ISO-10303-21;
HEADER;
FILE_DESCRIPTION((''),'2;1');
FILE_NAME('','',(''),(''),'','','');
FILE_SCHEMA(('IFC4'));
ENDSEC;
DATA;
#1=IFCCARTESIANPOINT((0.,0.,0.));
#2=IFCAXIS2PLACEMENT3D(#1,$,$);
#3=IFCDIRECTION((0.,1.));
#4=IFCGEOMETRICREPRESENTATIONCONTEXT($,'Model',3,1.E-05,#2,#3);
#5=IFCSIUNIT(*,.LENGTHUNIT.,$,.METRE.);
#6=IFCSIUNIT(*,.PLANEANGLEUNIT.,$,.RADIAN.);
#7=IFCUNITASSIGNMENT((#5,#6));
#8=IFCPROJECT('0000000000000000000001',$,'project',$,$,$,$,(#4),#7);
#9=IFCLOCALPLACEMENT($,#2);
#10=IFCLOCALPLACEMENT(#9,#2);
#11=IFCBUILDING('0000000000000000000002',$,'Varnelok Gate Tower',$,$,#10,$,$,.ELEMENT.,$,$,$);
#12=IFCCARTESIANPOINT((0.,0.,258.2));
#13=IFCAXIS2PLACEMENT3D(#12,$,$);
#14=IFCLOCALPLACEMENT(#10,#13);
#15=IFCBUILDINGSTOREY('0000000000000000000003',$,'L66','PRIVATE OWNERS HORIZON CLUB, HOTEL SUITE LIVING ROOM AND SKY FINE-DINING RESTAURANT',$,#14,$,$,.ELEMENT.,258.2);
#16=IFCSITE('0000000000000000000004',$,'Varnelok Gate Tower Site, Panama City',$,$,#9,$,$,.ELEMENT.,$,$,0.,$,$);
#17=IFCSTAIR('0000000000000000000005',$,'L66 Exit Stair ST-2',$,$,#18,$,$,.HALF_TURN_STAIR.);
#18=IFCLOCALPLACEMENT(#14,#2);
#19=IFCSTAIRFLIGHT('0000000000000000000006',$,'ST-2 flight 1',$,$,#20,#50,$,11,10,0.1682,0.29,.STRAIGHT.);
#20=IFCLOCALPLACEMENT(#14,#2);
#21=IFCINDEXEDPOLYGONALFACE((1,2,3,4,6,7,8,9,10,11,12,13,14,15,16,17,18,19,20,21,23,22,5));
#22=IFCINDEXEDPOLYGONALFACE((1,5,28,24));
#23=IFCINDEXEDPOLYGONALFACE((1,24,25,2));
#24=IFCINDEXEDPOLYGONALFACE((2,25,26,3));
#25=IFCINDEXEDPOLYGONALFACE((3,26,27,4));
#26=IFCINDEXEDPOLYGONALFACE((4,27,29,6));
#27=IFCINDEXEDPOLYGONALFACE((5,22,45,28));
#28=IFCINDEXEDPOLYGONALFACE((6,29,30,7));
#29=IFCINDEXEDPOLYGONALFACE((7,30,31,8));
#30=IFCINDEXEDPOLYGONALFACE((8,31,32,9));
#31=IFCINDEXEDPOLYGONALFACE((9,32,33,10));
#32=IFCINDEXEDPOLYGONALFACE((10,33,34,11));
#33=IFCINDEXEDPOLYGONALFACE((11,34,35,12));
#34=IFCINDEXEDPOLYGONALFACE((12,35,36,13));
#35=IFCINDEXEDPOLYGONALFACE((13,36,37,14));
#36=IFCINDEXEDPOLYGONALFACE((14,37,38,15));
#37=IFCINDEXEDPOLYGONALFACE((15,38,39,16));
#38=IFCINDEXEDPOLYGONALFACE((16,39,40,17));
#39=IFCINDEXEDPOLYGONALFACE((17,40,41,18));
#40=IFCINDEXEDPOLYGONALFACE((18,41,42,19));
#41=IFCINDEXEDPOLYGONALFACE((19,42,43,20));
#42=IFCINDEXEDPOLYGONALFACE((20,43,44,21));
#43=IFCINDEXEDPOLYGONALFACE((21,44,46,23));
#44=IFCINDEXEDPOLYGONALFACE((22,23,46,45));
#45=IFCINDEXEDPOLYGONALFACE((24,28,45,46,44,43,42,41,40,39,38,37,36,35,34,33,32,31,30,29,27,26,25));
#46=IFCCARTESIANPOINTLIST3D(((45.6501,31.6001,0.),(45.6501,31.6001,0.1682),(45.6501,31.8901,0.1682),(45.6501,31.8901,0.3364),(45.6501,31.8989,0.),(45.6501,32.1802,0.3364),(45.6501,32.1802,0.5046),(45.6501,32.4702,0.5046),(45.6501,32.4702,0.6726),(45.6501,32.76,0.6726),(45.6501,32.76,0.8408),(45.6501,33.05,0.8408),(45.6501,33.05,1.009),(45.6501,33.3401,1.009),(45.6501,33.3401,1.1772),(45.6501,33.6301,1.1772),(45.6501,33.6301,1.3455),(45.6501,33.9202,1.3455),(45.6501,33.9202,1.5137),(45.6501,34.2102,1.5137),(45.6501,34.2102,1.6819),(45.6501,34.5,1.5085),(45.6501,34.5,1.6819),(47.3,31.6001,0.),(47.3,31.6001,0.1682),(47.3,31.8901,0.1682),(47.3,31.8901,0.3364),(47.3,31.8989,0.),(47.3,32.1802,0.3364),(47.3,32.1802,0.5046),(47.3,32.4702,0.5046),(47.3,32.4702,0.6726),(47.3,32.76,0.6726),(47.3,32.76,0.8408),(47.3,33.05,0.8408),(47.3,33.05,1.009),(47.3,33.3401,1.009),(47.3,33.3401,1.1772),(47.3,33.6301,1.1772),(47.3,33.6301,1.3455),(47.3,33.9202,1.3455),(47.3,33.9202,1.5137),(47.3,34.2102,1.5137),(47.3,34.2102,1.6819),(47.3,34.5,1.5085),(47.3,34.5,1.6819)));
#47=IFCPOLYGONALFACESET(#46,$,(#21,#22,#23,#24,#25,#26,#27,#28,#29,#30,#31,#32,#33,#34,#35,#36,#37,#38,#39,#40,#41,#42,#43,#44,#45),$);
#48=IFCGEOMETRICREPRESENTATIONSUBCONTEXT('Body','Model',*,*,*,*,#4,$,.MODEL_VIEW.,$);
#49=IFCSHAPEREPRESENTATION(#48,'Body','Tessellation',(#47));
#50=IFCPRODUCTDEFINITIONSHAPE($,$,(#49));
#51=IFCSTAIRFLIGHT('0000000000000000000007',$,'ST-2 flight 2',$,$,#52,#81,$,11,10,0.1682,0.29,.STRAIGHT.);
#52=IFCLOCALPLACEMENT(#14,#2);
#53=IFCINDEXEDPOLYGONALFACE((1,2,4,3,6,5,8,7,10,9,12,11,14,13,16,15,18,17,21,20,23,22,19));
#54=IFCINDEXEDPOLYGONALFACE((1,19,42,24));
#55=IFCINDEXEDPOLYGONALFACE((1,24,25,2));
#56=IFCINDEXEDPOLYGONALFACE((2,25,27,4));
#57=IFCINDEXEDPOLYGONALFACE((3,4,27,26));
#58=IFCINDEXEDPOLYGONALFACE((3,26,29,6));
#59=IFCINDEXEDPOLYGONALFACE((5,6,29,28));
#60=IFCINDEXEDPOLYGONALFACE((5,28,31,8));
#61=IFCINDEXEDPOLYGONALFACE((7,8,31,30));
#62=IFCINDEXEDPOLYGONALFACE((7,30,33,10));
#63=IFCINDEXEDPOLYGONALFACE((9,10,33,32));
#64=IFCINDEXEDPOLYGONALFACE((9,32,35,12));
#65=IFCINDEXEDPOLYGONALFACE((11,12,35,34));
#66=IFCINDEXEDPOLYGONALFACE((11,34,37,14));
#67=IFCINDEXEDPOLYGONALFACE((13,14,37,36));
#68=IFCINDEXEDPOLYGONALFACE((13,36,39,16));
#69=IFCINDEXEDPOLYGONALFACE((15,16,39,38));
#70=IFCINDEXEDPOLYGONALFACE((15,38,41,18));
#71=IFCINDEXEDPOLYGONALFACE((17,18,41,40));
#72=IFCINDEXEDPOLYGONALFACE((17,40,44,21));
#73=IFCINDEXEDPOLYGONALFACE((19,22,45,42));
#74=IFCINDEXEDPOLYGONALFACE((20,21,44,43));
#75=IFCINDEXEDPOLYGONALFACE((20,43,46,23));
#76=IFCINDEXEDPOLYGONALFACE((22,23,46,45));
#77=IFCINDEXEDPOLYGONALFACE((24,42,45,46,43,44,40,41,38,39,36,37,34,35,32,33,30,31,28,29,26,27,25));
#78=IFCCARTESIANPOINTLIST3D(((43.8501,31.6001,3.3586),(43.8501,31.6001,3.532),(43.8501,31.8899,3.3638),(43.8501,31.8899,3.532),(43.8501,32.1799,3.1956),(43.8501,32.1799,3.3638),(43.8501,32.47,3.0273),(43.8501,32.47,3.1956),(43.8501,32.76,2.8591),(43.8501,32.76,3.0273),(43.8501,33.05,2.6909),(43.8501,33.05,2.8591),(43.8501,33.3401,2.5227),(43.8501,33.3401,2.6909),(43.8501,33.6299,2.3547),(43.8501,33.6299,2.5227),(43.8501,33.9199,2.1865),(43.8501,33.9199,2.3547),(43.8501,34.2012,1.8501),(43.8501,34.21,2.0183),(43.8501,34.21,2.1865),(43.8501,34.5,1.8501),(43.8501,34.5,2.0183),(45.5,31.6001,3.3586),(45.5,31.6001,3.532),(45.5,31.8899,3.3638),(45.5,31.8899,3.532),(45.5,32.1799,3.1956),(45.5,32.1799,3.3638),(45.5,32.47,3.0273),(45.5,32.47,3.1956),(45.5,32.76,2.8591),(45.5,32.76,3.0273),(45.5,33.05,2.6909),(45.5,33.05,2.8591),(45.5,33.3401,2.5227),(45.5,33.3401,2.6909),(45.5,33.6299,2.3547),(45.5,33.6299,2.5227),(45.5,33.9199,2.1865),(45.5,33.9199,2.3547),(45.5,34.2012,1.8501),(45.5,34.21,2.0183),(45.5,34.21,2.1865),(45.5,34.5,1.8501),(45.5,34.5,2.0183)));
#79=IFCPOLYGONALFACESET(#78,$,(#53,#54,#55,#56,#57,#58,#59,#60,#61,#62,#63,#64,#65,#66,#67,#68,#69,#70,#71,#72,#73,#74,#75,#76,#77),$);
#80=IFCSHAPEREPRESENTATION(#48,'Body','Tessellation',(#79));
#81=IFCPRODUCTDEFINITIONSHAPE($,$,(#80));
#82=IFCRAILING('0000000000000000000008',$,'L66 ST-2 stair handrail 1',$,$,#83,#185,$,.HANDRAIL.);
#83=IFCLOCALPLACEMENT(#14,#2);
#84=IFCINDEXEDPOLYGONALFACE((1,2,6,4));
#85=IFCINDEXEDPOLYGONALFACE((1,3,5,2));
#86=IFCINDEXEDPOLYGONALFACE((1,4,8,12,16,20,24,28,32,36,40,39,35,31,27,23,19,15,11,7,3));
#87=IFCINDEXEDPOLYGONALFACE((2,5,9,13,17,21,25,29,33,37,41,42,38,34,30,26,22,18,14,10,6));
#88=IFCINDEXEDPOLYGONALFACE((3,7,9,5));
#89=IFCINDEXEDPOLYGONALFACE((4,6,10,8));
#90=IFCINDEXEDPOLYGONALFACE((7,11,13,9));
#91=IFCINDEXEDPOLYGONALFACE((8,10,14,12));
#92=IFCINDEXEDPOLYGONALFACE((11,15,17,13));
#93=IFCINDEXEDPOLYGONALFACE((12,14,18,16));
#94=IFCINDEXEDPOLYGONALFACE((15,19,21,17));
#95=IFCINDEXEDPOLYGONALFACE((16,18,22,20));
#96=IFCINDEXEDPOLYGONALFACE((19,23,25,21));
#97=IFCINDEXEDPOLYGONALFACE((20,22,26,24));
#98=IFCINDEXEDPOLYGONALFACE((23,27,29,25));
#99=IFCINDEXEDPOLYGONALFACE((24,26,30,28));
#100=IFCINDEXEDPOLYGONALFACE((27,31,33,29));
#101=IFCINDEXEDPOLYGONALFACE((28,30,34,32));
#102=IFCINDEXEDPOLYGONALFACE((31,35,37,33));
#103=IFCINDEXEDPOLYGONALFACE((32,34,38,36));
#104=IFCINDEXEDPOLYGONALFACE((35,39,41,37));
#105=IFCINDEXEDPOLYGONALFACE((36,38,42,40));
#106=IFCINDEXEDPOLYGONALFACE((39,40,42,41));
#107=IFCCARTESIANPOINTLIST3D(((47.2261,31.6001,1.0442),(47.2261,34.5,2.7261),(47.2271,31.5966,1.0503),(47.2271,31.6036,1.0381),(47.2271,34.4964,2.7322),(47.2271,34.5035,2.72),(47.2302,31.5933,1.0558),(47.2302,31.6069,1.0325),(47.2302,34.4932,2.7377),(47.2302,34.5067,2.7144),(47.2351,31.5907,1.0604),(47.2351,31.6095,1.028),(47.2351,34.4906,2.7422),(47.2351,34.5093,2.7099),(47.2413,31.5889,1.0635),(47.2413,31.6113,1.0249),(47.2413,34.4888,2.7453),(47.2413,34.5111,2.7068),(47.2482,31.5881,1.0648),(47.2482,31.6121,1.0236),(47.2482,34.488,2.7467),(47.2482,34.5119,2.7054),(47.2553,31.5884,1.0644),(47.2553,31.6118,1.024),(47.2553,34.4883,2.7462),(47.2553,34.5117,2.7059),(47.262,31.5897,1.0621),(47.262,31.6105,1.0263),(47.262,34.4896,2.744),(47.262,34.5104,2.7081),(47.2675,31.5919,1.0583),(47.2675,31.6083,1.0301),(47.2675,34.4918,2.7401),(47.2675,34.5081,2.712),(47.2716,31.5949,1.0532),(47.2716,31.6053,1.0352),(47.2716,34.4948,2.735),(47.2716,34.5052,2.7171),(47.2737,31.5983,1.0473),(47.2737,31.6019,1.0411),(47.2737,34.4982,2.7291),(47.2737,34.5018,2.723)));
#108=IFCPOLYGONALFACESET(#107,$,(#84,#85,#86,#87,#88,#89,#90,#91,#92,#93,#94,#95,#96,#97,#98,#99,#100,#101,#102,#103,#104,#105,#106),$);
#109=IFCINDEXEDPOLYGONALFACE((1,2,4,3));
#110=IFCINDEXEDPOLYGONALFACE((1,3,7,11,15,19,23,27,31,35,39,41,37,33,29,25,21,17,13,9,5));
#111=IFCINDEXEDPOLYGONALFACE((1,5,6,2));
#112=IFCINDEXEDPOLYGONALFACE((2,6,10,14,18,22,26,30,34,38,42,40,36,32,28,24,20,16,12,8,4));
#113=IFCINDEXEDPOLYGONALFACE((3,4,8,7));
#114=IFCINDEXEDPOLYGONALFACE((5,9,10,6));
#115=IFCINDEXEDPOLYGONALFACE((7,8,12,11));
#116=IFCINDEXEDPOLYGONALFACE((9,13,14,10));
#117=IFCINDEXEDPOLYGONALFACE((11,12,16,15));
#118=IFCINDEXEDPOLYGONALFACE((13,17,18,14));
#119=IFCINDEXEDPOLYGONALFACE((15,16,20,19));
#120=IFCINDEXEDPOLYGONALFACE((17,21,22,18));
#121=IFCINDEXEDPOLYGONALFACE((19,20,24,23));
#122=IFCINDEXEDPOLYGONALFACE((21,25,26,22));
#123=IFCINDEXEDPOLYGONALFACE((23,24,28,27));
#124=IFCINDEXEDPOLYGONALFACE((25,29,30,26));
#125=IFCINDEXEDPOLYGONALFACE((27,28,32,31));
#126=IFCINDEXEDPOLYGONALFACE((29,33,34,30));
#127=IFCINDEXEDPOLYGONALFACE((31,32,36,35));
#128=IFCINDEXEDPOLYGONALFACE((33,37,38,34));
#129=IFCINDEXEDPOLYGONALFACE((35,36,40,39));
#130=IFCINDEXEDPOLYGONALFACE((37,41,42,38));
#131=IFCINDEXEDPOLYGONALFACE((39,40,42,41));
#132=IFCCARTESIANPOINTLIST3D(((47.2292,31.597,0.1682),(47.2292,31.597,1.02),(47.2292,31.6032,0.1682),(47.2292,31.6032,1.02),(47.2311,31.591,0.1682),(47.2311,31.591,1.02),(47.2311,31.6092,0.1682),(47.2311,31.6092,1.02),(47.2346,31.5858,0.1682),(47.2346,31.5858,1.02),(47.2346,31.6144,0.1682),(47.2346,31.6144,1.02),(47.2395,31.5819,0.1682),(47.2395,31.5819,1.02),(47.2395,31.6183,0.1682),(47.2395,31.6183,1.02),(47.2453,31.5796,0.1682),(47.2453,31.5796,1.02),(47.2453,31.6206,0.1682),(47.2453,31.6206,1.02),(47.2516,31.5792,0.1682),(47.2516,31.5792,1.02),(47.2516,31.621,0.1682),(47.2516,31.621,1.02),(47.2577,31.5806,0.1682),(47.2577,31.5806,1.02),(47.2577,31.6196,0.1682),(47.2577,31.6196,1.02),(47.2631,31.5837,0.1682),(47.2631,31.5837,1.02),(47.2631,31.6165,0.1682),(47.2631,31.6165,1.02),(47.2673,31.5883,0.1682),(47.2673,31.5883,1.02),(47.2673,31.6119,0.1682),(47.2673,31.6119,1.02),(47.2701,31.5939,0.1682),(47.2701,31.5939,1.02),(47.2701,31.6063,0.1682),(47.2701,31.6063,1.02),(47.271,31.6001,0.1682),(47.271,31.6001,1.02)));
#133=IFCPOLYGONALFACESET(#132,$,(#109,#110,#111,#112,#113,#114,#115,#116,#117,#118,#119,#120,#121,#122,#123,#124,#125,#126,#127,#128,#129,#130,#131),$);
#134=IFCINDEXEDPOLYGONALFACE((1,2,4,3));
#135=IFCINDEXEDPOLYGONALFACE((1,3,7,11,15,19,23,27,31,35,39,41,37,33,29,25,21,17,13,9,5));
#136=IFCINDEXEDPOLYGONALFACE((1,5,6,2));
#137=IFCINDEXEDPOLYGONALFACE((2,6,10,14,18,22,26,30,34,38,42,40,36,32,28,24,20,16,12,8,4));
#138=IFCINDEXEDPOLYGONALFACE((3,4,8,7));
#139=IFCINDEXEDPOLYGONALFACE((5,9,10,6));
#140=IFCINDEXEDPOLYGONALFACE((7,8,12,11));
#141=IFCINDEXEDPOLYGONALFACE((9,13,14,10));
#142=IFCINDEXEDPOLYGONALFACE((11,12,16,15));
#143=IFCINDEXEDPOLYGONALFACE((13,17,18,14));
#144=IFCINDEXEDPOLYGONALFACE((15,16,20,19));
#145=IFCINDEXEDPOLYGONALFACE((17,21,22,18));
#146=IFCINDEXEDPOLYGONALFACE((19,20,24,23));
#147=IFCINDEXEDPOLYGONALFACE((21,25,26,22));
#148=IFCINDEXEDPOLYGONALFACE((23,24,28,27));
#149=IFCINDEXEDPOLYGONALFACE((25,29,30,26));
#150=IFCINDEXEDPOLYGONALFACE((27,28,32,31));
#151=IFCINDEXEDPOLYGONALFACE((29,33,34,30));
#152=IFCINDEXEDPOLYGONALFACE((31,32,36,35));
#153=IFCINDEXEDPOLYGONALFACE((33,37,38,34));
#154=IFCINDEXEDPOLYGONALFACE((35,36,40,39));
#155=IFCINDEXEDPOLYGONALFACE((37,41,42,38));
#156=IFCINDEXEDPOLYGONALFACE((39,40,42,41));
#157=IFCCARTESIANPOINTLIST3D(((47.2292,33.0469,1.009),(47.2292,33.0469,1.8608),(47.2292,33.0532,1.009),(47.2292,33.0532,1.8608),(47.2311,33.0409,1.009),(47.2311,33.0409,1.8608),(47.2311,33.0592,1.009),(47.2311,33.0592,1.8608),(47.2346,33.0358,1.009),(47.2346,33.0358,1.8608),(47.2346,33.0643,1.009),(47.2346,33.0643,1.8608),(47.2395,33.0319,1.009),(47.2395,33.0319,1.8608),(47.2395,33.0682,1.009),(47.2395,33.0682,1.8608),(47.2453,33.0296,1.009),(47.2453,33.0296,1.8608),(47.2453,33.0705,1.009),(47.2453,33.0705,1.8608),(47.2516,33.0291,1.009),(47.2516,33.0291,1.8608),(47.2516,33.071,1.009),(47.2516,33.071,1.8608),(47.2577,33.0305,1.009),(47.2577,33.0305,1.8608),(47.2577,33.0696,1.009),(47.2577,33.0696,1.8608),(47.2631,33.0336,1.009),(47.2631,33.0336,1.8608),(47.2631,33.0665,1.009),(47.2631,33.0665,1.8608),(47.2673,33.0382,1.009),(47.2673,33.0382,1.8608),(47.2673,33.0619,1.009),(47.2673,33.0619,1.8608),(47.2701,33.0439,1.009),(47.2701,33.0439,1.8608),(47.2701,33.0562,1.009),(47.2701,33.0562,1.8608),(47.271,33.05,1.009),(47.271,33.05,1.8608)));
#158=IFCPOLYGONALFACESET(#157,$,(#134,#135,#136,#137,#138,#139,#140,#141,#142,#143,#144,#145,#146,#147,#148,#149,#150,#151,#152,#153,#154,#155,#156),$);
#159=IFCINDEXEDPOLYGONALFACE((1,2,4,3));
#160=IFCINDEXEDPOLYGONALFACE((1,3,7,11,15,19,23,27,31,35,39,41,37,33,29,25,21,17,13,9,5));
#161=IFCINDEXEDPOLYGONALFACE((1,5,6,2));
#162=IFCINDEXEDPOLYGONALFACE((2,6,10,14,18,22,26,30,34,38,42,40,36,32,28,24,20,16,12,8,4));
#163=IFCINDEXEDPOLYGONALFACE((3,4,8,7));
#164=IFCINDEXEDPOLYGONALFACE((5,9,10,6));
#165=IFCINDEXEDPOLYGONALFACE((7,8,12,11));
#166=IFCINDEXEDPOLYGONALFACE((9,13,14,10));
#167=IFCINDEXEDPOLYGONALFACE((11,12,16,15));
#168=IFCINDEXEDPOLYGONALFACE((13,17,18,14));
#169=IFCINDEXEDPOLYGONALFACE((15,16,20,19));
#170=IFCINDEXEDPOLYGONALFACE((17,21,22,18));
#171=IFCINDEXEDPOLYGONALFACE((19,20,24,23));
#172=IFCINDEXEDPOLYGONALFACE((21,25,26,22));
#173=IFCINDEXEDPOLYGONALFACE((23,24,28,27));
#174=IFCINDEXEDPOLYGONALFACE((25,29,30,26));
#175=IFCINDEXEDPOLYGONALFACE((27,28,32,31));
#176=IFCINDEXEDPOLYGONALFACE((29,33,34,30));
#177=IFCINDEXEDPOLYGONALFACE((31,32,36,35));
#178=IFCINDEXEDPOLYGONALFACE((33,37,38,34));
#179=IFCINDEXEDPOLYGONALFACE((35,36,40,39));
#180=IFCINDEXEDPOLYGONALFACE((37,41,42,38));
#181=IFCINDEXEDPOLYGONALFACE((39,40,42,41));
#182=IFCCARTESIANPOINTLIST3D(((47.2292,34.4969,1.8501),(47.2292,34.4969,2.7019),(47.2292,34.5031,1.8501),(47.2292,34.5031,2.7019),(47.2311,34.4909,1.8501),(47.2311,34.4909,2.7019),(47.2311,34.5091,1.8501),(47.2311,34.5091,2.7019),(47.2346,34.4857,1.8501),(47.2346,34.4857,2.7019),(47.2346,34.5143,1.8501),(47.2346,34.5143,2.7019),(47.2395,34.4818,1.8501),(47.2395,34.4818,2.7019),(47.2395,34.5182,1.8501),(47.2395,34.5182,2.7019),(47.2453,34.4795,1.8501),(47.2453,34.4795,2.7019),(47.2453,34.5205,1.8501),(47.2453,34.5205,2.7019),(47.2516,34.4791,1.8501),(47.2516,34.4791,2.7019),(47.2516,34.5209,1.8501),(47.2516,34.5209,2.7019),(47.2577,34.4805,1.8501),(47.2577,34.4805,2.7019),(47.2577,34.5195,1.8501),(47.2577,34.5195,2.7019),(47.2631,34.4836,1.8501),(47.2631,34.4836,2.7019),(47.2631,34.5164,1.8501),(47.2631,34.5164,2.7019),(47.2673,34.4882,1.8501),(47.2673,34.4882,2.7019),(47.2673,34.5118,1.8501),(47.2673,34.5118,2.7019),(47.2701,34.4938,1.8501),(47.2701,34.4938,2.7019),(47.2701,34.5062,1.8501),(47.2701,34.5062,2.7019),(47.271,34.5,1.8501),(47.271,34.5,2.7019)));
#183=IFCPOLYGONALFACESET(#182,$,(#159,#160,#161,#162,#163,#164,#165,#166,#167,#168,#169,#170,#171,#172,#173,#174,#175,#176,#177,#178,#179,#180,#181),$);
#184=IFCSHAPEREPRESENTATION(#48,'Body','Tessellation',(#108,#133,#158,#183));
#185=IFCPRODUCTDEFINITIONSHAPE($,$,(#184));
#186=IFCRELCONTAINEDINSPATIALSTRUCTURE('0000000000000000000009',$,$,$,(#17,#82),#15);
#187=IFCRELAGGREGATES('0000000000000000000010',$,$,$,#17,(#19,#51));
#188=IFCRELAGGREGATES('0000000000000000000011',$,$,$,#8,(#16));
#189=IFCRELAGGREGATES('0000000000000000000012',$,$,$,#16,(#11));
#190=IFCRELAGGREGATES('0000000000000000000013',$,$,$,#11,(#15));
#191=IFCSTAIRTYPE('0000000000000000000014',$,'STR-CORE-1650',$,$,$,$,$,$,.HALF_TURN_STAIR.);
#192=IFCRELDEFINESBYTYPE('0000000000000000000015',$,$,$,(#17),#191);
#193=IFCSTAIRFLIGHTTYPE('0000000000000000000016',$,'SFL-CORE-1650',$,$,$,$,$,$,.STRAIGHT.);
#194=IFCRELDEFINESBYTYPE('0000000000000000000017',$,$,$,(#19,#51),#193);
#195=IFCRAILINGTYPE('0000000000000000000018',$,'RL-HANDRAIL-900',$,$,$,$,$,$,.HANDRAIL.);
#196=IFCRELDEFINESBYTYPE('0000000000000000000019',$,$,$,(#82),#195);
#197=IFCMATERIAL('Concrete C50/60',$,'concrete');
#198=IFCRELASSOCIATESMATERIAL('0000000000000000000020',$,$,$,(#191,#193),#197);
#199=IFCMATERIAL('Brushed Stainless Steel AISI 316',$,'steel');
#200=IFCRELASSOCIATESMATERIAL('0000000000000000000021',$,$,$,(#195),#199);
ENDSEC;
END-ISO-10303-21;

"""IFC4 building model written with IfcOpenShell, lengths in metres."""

from ifc_helpers import new_model, si_unit, direction, frame, origin, origin_2d, place, context, subcontext, project, spatial, polyline, circle, outline, extrude, material, type_object, element, aggregate, save


model = new_model("IFC4")

# Units and contexts
model_context = context("Model", 3, precision=1e-05, world=origin(), true_north=direction((0.0, 1.0)))
body_context = subcontext(model_context, "Body", "Model", "MODEL_VIEW")
ifc_project = project(units=[si_unit("LENGTHUNIT", "METRE"), si_unit("PLANEANGLEUNIT", "RADIAN")], contexts=[model_context])

# Site, building, storey
site_placement = place(None, origin())
site = spatial("IfcSite", under=ifc_project, at=site_placement, Name="Varnelok Gate Tower Site, Panama City", CompositionType="ELEMENT", RefElevation=0.0)
building_placement = place(site_placement, origin())
building = spatial("IfcBuilding", under=site, at=building_placement, Name="Varnelok Gate Tower", CompositionType="ELEMENT")
storey_placement = place(building_placement, frame((0.0, 0.0, 258.2)))
storey = spatial("IfcBuildingStorey", under=building, at=storey_placement, Name="L66", Description="PRIVATE OWNERS HORIZON CLUB, HOTEL SUITE LIVING ROOM AND SKY FINE-DINING RESTAURANT", CompositionType="ELEMENT", Elevation=258.2)

# Stair, stair flights
ifc_material_1 = material(Name="Concrete C50/60", Category="concrete")
stair_type = type_object("IfcStairType", Name="STR-CORE-1650", PredefinedType="HALF_TURN_STAIR", material=ifc_material_1)
stair_placement = place(storey_placement, origin())
stair = element("IfcStair", 1, at=stair_placement, inside=storey, type_object=stair_type, Name="L66 Exit Stair ST-2", PredefinedType="HALF_TURN_STAIR")
stair_flight_type = type_object("IfcStairFlightType", Name="SFL-CORE-1650", PredefinedType="STRAIGHT", material=ifc_material_1)
stair_flight_1_placement = place(storey_placement, frame((46.4751, 31.6001, 0.0), z_axis=(0.0, 0.0, 1.0), x_axis=(0.0, 1.0, 0.0)))
stair_flight_1 = element("IfcStairFlight", 2, at=stair_flight_1_placement, type_object=stair_flight_type, Name="ST-2 flight 1", NumberOfRisers=11, NumberOfTreads=10, PredefinedType="STRAIGHT", RiserHeight=0.1682, TreadLength=0.29, context=body_context, shape_type="SweptSolid", body=[
    extrude(outline(polyline([(0.0, 0.0), (0.0, 0.1682), (0.29, 0.1682), (0.29, 0.3364), (0.5801, 0.3364), (0.5801, 0.5046), (0.8701, 0.5046), (0.8701, 0.6726), (1.1599, 0.6726), (1.1599, 0.8408), (1.45, 0.8408), (1.45, 1.009), (1.74, 1.009), (1.74, 1.1772), (2.03, 1.1772), (2.03, 1.3455), (2.3201, 1.3455), (2.3201, 1.5137), (2.6101, 1.5137), (2.6101, 1.6819), (2.8999, 1.6819), (2.8999, 1.8501), (2.8999, 1.5085), (0.2988, 0.0), (0.0, 0.0)])), frame((0.0, 0.825, 0.0), z_axis=(0.0, -1.0, 0.0), x_axis=(1.0, 0.0, 0.0)), (0.0, 0.0, 1.0), 1.6499),
])
stair_flight_2_placement = place(storey_placement, frame((44.675, 34.5, 1.8501), z_axis=(0.0, 0.0, 1.0), x_axis=(0.0, -1.0, 0.0)))
stair_flight_2 = element("IfcStairFlight", 3, at=stair_flight_2_placement, type_object=stair_flight_type, Name="ST-2 flight 2", NumberOfRisers=11, NumberOfTreads=10, PredefinedType="STRAIGHT", RiserHeight=0.1682, TreadLength=0.29, context=body_context, shape_type="SweptSolid", body=[
    extrude(outline(polyline([(0.0, 0.0), (0.0, 0.1682), (0.29, 0.1682), (0.29, 0.3364), (0.5801, 0.3364), (0.5801, 0.5046), (0.8701, 0.5046), (0.8701, 0.6726), (1.1599, 0.6726), (1.1599, 0.8408), (1.45, 0.8408), (1.45, 1.009), (1.74, 1.009), (1.74, 1.1772), (2.03, 1.1772), (2.03, 1.3455), (2.3201, 1.3455), (2.3201, 1.5137), (2.6101, 1.5137), (2.6101, 1.6819), (2.8999, 1.6819), (2.8999, 1.8501), (2.8999, 1.5085), (0.2988, 0.0), (0.0, 0.0)])), frame((0.0, 0.825, 0.0), z_axis=(0.0, -1.0, 0.0), x_axis=(1.0, 0.0, 0.0)), (0.0, 0.0, 1.0), 1.6499),
])
aggregate(stair, [stair_flight_1, stair_flight_2])

# Railing
ifc_material_2 = material(Name="Brushed Stainless Steel AISI 316", Category="steel")
railing_type_1 = type_object("IfcRailingType", Name="RL-HANDRAIL-900", PredefinedType="HANDRAIL", material=ifc_material_2)
railing_1_placement = place(storey_placement, frame((47.25, 31.6001, 0.1682)))
element("IfcRailing", 4, at=railing_1_placement, inside=storey, type_object=railing_type_1, Name="L66 ST-2 stair handrail 1", PredefinedType="HANDRAIL", context=body_context, shape_type="SweptSolid", body=[
    extrude(circle(Radius=0.0239, at=origin_2d()), frame((0.0, 0.0, 0.876), z_axis=(0.0, 0.865039, 0.501705), x_axis=(-1.0, 0.0, 0.0)), (0.0, 0.0, 1.0), 3.3523),
    extrude(circle(Radius=0.021, at=origin_2d()), origin(), (0.0, 0.0, 1.0), 0.8518),
    extrude(circle(Radius=0.021, at=origin_2d()), frame((0.0, 1.45, 0.8408)), (0.0, 0.0, 1.0), 0.8518),
    extrude(circle(Radius=0.021, at=origin_2d()), frame((0.0, 2.8999, 1.6819)), (0.0, 0.0, 1.0), 0.8518),
])

save(model, "model.ifc")
